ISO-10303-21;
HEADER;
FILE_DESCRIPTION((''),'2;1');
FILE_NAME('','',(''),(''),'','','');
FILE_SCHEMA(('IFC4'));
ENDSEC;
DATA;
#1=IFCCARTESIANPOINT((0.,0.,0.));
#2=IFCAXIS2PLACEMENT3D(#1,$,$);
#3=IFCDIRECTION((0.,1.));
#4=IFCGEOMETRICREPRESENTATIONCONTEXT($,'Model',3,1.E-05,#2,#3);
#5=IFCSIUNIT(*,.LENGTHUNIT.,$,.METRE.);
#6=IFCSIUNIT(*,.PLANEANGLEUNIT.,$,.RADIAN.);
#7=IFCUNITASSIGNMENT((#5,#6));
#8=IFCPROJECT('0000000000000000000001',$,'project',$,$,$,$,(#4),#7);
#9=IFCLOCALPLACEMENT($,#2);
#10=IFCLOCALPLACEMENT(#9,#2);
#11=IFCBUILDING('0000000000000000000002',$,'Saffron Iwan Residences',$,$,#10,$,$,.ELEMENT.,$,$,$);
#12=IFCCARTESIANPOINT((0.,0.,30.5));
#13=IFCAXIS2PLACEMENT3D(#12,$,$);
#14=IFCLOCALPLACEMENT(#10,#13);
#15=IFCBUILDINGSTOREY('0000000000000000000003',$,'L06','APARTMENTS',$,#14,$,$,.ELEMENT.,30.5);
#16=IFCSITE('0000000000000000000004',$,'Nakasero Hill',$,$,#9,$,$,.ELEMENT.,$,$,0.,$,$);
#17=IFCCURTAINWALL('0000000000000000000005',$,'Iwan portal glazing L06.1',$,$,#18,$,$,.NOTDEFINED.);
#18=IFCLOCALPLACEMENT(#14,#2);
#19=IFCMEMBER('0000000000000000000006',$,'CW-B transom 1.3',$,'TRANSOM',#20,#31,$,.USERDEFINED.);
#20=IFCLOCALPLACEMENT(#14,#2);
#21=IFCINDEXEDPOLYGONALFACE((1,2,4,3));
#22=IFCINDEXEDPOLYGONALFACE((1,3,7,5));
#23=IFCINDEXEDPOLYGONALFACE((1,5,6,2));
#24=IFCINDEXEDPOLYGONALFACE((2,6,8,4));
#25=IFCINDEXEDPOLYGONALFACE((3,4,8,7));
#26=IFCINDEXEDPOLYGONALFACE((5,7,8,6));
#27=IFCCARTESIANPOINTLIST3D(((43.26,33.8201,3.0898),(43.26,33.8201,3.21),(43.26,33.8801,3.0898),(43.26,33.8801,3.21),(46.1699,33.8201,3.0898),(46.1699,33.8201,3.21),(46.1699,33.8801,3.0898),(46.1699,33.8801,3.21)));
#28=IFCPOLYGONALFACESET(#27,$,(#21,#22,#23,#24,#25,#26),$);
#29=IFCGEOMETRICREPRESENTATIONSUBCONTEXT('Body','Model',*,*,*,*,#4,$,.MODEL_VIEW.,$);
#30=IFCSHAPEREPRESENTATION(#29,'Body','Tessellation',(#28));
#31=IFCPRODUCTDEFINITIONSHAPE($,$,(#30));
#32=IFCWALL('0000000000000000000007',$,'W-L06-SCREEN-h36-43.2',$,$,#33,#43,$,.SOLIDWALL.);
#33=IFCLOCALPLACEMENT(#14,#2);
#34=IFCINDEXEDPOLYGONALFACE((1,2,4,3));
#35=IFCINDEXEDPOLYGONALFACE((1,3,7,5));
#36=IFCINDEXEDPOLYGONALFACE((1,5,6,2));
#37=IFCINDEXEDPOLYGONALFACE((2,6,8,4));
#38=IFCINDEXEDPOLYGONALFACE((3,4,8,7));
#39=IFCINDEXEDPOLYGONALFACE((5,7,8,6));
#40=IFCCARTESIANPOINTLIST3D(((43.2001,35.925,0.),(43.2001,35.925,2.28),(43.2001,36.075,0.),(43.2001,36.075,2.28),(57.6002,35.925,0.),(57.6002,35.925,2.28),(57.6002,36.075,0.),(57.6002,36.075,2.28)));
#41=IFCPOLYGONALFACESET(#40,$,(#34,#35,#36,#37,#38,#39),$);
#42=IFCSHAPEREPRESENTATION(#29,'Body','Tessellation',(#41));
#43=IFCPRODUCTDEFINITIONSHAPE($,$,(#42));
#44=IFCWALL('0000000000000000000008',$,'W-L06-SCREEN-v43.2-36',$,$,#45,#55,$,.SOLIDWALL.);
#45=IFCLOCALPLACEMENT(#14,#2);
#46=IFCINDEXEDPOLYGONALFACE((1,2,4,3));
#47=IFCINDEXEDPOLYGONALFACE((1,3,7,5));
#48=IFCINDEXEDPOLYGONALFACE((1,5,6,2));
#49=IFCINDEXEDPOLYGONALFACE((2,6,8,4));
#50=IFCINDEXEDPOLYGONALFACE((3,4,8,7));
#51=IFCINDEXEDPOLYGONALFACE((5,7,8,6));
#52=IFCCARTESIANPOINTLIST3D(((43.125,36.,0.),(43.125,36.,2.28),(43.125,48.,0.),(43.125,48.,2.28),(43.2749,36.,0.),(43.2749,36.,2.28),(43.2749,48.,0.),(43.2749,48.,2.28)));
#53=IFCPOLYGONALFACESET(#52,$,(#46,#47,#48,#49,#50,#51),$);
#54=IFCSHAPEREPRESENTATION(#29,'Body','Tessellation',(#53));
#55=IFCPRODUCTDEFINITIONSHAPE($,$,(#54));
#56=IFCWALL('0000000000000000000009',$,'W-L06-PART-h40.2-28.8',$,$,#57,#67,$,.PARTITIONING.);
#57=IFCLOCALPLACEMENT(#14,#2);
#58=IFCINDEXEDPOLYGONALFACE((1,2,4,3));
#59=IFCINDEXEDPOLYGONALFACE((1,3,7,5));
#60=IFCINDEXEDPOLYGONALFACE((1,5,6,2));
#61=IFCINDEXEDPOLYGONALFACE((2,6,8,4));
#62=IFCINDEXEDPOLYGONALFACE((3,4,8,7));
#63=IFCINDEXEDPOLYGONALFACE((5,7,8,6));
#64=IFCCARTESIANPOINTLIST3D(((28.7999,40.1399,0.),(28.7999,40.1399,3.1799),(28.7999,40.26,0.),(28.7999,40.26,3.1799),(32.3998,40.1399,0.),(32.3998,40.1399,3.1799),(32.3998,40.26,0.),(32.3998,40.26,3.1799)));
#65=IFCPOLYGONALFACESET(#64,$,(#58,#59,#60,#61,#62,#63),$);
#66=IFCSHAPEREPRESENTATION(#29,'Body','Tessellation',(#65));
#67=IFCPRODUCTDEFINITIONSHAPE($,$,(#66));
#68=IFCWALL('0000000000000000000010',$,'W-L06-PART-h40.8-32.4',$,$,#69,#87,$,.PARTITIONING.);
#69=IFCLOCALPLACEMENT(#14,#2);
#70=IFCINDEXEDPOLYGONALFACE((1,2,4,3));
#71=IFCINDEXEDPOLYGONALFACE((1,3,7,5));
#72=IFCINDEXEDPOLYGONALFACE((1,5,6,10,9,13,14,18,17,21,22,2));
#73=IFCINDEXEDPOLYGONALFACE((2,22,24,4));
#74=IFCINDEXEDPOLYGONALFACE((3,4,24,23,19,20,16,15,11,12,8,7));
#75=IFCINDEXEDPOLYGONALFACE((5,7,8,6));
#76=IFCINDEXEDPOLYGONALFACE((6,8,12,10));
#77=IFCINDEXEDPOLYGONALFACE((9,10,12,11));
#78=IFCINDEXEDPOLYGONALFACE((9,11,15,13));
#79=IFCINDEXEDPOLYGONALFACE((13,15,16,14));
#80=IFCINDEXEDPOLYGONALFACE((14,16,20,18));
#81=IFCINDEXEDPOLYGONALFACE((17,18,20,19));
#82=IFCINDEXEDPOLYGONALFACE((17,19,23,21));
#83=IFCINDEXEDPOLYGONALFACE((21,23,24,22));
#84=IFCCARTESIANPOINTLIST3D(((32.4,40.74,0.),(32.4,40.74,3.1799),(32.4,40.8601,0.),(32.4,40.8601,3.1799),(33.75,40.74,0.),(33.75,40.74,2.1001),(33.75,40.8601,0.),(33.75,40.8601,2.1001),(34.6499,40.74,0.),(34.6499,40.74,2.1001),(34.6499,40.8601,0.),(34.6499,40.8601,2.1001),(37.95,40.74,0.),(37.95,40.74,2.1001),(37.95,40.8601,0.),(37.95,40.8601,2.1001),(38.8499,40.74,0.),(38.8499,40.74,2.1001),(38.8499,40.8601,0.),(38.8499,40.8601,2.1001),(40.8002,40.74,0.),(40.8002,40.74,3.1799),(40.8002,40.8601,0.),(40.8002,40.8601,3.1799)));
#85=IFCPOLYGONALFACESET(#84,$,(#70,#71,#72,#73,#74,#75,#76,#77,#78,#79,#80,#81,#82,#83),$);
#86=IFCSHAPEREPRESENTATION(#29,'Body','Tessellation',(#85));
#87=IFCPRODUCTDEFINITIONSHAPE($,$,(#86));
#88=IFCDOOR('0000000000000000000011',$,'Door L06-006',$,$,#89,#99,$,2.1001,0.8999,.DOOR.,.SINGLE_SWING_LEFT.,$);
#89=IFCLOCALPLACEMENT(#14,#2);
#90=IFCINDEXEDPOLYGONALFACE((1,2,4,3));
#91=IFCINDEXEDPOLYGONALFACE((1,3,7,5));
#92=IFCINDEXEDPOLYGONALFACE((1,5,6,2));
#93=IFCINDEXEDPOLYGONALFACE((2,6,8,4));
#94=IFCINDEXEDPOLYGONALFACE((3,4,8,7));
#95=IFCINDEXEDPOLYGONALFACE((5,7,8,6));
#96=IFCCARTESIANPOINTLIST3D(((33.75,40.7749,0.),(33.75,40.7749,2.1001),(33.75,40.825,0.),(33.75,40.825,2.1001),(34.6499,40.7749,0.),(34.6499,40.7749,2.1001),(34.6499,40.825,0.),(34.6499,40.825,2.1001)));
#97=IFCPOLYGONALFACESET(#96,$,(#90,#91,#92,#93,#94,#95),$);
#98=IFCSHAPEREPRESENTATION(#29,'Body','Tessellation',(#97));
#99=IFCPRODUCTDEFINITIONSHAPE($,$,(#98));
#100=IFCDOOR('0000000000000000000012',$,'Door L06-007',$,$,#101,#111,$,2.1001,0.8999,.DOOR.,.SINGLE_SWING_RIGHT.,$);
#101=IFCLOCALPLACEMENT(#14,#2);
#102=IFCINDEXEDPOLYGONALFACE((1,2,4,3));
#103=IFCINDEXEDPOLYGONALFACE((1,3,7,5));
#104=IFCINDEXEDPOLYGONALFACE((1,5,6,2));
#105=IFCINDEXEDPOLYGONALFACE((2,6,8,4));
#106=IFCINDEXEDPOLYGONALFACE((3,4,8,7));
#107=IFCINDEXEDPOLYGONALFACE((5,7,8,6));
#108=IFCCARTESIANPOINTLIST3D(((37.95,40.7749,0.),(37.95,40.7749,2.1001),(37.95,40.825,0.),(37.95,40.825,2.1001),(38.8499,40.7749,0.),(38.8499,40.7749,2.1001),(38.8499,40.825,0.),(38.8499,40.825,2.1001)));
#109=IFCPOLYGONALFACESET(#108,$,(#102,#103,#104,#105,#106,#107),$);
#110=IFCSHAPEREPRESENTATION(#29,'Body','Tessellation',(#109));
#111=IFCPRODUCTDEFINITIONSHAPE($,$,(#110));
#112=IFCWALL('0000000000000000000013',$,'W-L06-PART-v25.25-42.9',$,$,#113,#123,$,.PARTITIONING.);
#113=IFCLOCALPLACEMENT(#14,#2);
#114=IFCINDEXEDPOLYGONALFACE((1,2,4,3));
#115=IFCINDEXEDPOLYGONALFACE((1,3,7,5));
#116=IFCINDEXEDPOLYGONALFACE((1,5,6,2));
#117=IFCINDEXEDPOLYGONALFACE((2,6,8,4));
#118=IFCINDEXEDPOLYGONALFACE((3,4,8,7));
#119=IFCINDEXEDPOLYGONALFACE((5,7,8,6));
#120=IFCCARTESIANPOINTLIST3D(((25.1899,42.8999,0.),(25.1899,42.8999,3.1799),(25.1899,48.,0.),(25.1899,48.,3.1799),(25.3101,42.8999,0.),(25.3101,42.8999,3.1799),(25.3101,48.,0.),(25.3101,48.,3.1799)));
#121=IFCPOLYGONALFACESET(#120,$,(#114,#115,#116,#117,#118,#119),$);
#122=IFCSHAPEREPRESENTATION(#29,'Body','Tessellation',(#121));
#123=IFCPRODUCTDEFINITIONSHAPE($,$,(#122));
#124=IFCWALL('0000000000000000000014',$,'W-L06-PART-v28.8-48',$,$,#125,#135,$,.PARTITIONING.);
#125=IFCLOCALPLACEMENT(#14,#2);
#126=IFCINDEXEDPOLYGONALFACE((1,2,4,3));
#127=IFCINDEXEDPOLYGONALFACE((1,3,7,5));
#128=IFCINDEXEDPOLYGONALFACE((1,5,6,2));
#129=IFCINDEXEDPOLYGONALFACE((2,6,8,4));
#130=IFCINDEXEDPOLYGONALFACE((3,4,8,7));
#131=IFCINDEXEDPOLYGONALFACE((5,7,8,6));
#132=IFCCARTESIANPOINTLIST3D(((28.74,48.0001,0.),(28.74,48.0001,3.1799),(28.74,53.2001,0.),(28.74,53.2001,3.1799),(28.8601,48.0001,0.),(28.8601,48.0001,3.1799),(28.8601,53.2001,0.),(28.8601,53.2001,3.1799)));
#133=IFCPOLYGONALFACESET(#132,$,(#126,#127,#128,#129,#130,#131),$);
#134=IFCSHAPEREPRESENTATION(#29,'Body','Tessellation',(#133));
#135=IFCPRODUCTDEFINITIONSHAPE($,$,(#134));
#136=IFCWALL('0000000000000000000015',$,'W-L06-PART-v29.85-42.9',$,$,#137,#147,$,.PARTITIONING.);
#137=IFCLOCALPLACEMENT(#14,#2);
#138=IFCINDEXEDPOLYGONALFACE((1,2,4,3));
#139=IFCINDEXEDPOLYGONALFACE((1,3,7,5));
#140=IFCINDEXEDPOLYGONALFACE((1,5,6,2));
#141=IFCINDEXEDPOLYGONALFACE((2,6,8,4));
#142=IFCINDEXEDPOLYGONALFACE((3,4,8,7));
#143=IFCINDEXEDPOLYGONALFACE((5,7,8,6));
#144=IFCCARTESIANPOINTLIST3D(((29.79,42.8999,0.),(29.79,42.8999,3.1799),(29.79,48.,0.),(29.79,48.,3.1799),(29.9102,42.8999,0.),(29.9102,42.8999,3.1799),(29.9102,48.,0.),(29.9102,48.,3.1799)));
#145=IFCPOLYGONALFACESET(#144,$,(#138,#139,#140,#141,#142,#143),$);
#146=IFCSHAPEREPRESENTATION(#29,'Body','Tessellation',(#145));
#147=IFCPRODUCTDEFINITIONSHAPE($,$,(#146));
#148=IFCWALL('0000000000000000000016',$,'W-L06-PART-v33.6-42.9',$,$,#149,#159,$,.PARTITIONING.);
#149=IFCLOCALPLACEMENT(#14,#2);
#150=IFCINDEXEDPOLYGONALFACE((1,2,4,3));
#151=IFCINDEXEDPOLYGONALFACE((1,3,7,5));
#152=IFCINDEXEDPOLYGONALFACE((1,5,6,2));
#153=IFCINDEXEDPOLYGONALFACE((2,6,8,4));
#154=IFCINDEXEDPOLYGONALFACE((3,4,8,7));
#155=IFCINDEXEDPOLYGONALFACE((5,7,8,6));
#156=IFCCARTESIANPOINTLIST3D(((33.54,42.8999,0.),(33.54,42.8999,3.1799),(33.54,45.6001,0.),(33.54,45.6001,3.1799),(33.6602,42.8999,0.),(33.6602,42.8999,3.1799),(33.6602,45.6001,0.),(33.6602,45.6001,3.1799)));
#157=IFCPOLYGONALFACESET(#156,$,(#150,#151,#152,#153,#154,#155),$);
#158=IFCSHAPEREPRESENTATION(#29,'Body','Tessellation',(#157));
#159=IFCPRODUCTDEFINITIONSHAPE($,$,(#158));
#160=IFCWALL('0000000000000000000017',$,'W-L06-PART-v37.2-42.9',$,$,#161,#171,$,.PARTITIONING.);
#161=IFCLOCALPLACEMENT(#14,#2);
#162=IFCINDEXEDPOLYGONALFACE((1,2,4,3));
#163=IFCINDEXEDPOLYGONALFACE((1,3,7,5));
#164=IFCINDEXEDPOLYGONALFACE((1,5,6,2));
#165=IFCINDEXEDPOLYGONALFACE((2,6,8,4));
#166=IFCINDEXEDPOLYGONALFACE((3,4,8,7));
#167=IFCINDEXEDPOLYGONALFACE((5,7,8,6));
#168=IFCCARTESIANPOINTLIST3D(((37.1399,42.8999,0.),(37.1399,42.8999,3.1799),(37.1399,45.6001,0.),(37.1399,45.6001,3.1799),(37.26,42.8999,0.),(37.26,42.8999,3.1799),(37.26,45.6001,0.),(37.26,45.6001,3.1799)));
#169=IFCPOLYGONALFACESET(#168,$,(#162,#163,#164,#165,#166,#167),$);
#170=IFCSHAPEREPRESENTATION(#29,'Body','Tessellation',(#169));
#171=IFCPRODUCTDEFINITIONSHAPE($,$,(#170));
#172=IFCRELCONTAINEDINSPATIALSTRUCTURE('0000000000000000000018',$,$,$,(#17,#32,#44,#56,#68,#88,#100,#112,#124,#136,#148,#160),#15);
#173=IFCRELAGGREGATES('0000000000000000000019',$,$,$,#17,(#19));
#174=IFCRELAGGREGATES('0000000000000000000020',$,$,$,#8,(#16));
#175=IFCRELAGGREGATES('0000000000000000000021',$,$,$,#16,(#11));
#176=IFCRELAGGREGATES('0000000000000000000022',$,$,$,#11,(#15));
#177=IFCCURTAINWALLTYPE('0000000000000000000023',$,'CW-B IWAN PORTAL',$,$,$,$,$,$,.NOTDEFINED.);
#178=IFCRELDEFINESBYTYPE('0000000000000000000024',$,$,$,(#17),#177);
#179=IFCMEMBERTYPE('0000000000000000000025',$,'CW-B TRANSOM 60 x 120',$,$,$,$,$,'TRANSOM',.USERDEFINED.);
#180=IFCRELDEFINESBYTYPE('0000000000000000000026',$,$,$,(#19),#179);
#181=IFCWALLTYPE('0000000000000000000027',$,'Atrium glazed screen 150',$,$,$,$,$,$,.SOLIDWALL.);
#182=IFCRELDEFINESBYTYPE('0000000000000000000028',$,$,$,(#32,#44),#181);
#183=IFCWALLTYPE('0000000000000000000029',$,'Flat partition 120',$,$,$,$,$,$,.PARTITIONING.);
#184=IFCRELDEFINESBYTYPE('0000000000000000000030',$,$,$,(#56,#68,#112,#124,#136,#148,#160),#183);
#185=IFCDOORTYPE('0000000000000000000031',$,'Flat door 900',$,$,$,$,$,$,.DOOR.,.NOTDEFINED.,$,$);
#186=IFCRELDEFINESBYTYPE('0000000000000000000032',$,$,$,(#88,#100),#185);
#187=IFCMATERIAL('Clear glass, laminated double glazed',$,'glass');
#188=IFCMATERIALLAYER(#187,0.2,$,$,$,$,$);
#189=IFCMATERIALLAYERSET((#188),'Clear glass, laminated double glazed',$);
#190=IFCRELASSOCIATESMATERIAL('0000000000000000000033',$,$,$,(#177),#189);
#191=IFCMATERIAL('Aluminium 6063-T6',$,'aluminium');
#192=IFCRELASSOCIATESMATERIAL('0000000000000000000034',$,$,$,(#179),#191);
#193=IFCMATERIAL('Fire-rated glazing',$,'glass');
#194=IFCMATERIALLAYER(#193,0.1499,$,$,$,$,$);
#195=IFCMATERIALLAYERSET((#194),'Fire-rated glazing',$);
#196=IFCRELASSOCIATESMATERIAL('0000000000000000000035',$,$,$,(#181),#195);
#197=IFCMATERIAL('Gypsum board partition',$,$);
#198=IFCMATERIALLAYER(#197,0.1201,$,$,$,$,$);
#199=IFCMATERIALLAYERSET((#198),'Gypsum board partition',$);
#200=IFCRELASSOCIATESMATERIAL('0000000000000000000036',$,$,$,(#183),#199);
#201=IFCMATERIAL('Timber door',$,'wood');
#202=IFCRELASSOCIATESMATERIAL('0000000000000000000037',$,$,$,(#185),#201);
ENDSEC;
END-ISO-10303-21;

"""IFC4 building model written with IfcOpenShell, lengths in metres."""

from ifc_helpers import new_model, si_unit, direction, frame, frame_2d, origin, origin_2d, place, context, subcontext, project, spatial, rectangle, extrude, source, transform, mapped, material, layer, layer_set, material_profile, profile_set, type_object, element, fill, aggregate, save


model = new_model("IFC4")

# Units and contexts
model_context = context("Model", 3, precision=1e-05, world=origin(), true_north=direction((0.0, 1.0)))
body_context = subcontext(model_context, "Body", "Model", "MODEL_VIEW")
ifc_project = project(units=[si_unit("LENGTHUNIT", "METRE"), si_unit("PLANEANGLEUNIT", "RADIAN")], contexts=[model_context])

# Site, building, storey
site_placement = place(None, origin())
site = spatial("IfcSite", under=ifc_project, at=site_placement, Name="Nakasero Hill", CompositionType="ELEMENT", RefElevation=0.0)
building_placement = place(site_placement, origin())
building = spatial("IfcBuilding", under=site, at=building_placement, Name="Saffron Iwan Residences", CompositionType="ELEMENT")
storey_placement = place(building_placement, frame((0.0, 0.0, 30.5)))
storey = spatial("IfcBuildingStorey", under=building, at=storey_placement, Name="L06", Description="APARTMENTS", CompositionType="ELEMENT", Elevation=30.5)

# Curtain wall, member
ifc_material_1 = material(Name="Clear glass, laminated double glazed", Category="glass")
ifc_layer_1 = layer(ifc_material_1, 0.2)
ifc_layer_set_1 = layer_set([ifc_layer_1], Name="Clear glass, laminated double glazed")
curtain_wall_type = type_object("IfcCurtainWallType", Name="CW-B IWAN PORTAL", PredefinedType="NOTDEFINED", material=ifc_layer_set_1)
curtain_wall_placement = place(storey_placement, origin())
curtain_wall = element("IfcCurtainWall", 1, at=curtain_wall_placement, inside=storey, type_object=curtain_wall_type, Name="Iwan portal glazing L06.1", PredefinedType="NOTDEFINED")
ifc_material_2 = material(Name="Aluminium 6063-T6", Category="aluminium")
ifc_material_profile_1 = material_profile(ifc_material_2, rectangle(XDim=0.0601, YDim=0.1201, at=origin_2d()), Name="CW-B TRANSOM 60 x 120")
ifc_profile_set_1 = profile_set([ifc_material_profile_1], Name="Aluminium 6063-T6")
member_type = type_object("IfcMemberType", Name="CW-B TRANSOM 60 x 120", ElementType="TRANSOM", PredefinedType="USERDEFINED", material=ifc_profile_set_1)
shared_shape_1 = source(origin(), body_context, "Body", "SweptSolid", [
    extrude(rectangle(XDim=0.0601, YDim=0.1201, at=origin_2d()), origin(), (0.0, 0.0, 1.0), 2.9099),
])
member_1_placement = place(storey_placement, frame((43.26, 33.8501, 3.1499), z_axis=(1.0, 0.0, 0.0), x_axis=(0.0, 1.0, 0.0)))
member_1 = element("IfcMember", 2, at=member_1_placement, type_object=member_type, Name="CW-B transom 1.3", ObjectType="TRANSOM", PredefinedType="USERDEFINED", context=body_context, shape_type="MappedRepresentation", body=[
    mapped(shared_shape_1, transform((0.0, 0.0, 0.0))),
])
aggregate(curtain_wall, [member_1])

# Walls
ifc_material_3 = material(Name="Fire-rated glazing", Category="glass")
ifc_layer_2 = layer(ifc_material_3, 0.1499)
ifc_layer_set_2 = layer_set([ifc_layer_2], Name="Fire-rated glazing")
wall_type_1 = type_object("IfcWallType", Name="Atrium glazed screen 150", PredefinedType="SOLIDWALL", material=ifc_layer_set_2)
wall_1_placement = place(storey_placement, frame((43.2, 36.0, 0.0), z_axis=(0.0, 0.0, 1.0), x_axis=(1.0, 0.0, 0.0)))
element("IfcWall", 3, at=wall_1_placement, inside=storey, type_object=wall_type_1, Name="W-L06-SCREEN-h36-43.2", PredefinedType="SOLIDWALL", context=body_context, shape_type="SweptSolid", body=[
    extrude(rectangle(XDim=14.4001, YDim=0.1499, at=frame_2d((7.2002, 0.0))), origin(), (0.0, 0.0, 1.0), 2.28),
])
wall_2_placement = place(storey_placement, frame((43.2, 36.0, 0.0), z_axis=(0.0, 0.0, 1.0), x_axis=(0.0, 1.0, 0.0)))
element("IfcWall", 4, at=wall_2_placement, inside=storey, type_object=wall_type_1, Name="W-L06-SCREEN-v43.2-36", PredefinedType="SOLIDWALL", context=body_context, shape_type="SweptSolid", body=[
    extrude(rectangle(XDim=12.0, YDim=0.1499, at=frame_2d((6.0, 0.0))), origin(), (0.0, 0.0, 1.0), 2.28),
])
ifc_material_4 = material(Name="Gypsum board partition")
ifc_layer_3 = layer(ifc_material_4, 0.1201)
ifc_layer_set_3 = layer_set([ifc_layer_3], Name="Gypsum board partition")
wall_type_2 = type_object("IfcWallType", Name="Flat partition 120", PredefinedType="PARTITIONING", material=ifc_layer_set_3)
wall_3_placement = place(storey_placement, frame((28.8, 40.2, 0.0), z_axis=(0.0, 0.0, 1.0), x_axis=(1.0, 0.0, 0.0)))
element("IfcWall", 5, at=wall_3_placement, inside=storey, type_object=wall_type_2, Name="W-L06-PART-h40.2-28.8", PredefinedType="PARTITIONING", context=body_context, shape_type="SweptSolid", body=[
    extrude(rectangle(XDim=3.5999, YDim=0.1201, at=frame_2d((1.7998, 0.0))), origin(), (0.0, 0.0, 1.0), 3.1799),
])

# Wall, openings, doors
wall_4_placement = place(storey_placement, frame((32.3999, 40.8, 0.0), z_axis=(0.0, 0.0, 1.0), x_axis=(1.0, 0.0, 0.0)))
wall_4 = element("IfcWall", 6, at=wall_4_placement, inside=storey, type_object=wall_type_2, Name="W-L06-PART-h40.8-32.4", PredefinedType="PARTITIONING", context=body_context, shape_type="SweptSolid", body=[
    extrude(rectangle(XDim=8.4001, YDim=0.1201, at=frame_2d((4.2002, 0.0))), origin(), (0.0, 0.0, 1.0), 3.1799),
])
opening_1_placement = place(wall_4_placement, frame((1.3501, 0.0, 0.0)))
opening_1 = element("IfcOpeningElement", 7, at=opening_1_placement, cuts=wall_4, PredefinedType="OPENING", context=body_context, shape_type="SweptSolid", body=[
    extrude(rectangle(XDim=0.8999, YDim=2.1001, at=frame_2d((0.45, 1.05))), frame((0.0, 0.0701, 0.0), z_axis=(0.0, -1.0, 0.0), x_axis=(1.0, 0.0, 0.0)), (0.0, 0.0, 1.0), 0.1401),
])
opening_2_placement = place(wall_4_placement, frame((5.55, 0.0, 0.0)))
opening_2 = element("IfcOpeningElement", 8, at=opening_2_placement, cuts=wall_4, PredefinedType="OPENING", context=body_context, shape_type="SweptSolid", body=[
    extrude(rectangle(XDim=0.8999, YDim=2.1001, at=frame_2d((0.45, 1.05))), frame((0.0, 0.0701, 0.0), z_axis=(0.0, -1.0, 0.0), x_axis=(1.0, 0.0, 0.0)), (0.0, 0.0, 1.0), 0.1401),
])
ifc_material_5 = material(Name="Timber door", Category="wood")
door_type_1 = type_object("IfcDoorType", Name="Flat door 900", OperationType="NOTDEFINED", PredefinedType="DOOR", material=ifc_material_5)
door_1_placement = place(opening_1_placement, origin())
door_1 = element("IfcDoor", 9, at=door_1_placement, inside=storey, type_object=door_type_1, Name="Door L06-006", OperationType="SINGLE_SWING_LEFT", OverallHeight=2.1001, OverallWidth=0.8999, PredefinedType="DOOR", context=body_context, shape_type="SweptSolid", body=[
    extrude(rectangle(XDim=0.8999, YDim=2.1001, at=frame_2d((0.45, 1.05))), frame((0.0, 0.0249, 0.0), z_axis=(0.0, -1.0, 0.0), x_axis=(1.0, 0.0, 0.0)), (0.0, 0.0, 1.0), 0.05),
])
fill(opening_1, door_1)
door_2_placement = place(opening_2_placement, origin())
door_2 = element("IfcDoor", 10, at=door_2_placement, inside=storey, type_object=door_type_1, Name="Door L06-007", OperationType="SINGLE_SWING_RIGHT", OverallHeight=2.1001, OverallWidth=0.8999, PredefinedType="DOOR", context=body_context, shape_type="SweptSolid", body=[
    extrude(rectangle(XDim=0.8999, YDim=2.1001, at=frame_2d((0.45, 1.05))), frame((0.0, 0.0249, 0.0), z_axis=(0.0, -1.0, 0.0), x_axis=(1.0, 0.0, 0.0)), (0.0, 0.0, 1.0), 0.05),
])
fill(opening_2, door_2)

# Walls
wall_5_placement = place(storey_placement, frame((25.25, 42.8999, 0.0), z_axis=(0.0, 0.0, 1.0), x_axis=(0.0, 1.0, 0.0)))
element("IfcWall", 11, at=wall_5_placement, inside=storey, type_object=wall_type_2, Name="W-L06-PART-v25.25-42.9", PredefinedType="PARTITIONING", context=body_context, shape_type="SweptSolid", body=[
    extrude(rectangle(XDim=5.1001, YDim=0.1201, at=frame_2d((2.55, 0.0))), origin(), (0.0, 0.0, 1.0), 3.1799),
])
wall_6_placement = place(storey_placement, frame((28.8, 48.0, 0.0), z_axis=(0.0, 0.0, 1.0), x_axis=(0.0, 1.0, 0.0)))
element("IfcWall", 12, at=wall_6_placement, inside=storey, type_object=wall_type_2, Name="W-L06-PART-v28.8-48", PredefinedType="PARTITIONING", context=body_context, shape_type="SweptSolid", body=[
    extrude(rectangle(XDim=5.2, YDim=0.1201, at=frame_2d((2.6001, 0.0))), origin(), (0.0, 0.0, 1.0), 3.1799),
])
wall_7_placement = place(storey_placement, frame((29.8501, 42.8999, 0.0), z_axis=(0.0, 0.0, 1.0), x_axis=(0.0, 1.0, 0.0)))
element("IfcWall", 13, at=wall_7_placement, inside=storey, type_object=wall_type_2, Name="W-L06-PART-v29.85-42.9", PredefinedType="PARTITIONING", context=body_context, shape_type="SweptSolid", body=[
    extrude(rectangle(XDim=5.1001, YDim=0.1201, at=frame_2d((2.55, 0.0))), origin(), (0.0, 0.0, 1.0), 3.1799),
])
for number, where, z_axis, x_axis, name in (
    (14, (33.6001, 42.8999, 0.0), (0.0, 0.0, 1.0), (0.0, 1.0, 0.0), "W-L06-PART-v33.6-42.9"),
    (15, (37.2, 42.8999, 0.0), (0.0, 0.0, 1.0), (0.0, 1.0, 0.0), "W-L06-PART-v37.2-42.9"),
):
    element("IfcWall", number, at=place(storey_placement, frame(where, z_axis=z_axis, x_axis=x_axis)), inside=storey, type_object=wall_type_2, Name=name, PredefinedType="PARTITIONING", context=body_context, shape_type="SweptSolid", body=[
        extrude(rectangle(XDim=2.7002, YDim=0.1201, at=frame_2d((1.3501, 0.0))), origin(), (0.0, 0.0, 1.0), 3.1799),
    ])

save(model, "model.ifc")
